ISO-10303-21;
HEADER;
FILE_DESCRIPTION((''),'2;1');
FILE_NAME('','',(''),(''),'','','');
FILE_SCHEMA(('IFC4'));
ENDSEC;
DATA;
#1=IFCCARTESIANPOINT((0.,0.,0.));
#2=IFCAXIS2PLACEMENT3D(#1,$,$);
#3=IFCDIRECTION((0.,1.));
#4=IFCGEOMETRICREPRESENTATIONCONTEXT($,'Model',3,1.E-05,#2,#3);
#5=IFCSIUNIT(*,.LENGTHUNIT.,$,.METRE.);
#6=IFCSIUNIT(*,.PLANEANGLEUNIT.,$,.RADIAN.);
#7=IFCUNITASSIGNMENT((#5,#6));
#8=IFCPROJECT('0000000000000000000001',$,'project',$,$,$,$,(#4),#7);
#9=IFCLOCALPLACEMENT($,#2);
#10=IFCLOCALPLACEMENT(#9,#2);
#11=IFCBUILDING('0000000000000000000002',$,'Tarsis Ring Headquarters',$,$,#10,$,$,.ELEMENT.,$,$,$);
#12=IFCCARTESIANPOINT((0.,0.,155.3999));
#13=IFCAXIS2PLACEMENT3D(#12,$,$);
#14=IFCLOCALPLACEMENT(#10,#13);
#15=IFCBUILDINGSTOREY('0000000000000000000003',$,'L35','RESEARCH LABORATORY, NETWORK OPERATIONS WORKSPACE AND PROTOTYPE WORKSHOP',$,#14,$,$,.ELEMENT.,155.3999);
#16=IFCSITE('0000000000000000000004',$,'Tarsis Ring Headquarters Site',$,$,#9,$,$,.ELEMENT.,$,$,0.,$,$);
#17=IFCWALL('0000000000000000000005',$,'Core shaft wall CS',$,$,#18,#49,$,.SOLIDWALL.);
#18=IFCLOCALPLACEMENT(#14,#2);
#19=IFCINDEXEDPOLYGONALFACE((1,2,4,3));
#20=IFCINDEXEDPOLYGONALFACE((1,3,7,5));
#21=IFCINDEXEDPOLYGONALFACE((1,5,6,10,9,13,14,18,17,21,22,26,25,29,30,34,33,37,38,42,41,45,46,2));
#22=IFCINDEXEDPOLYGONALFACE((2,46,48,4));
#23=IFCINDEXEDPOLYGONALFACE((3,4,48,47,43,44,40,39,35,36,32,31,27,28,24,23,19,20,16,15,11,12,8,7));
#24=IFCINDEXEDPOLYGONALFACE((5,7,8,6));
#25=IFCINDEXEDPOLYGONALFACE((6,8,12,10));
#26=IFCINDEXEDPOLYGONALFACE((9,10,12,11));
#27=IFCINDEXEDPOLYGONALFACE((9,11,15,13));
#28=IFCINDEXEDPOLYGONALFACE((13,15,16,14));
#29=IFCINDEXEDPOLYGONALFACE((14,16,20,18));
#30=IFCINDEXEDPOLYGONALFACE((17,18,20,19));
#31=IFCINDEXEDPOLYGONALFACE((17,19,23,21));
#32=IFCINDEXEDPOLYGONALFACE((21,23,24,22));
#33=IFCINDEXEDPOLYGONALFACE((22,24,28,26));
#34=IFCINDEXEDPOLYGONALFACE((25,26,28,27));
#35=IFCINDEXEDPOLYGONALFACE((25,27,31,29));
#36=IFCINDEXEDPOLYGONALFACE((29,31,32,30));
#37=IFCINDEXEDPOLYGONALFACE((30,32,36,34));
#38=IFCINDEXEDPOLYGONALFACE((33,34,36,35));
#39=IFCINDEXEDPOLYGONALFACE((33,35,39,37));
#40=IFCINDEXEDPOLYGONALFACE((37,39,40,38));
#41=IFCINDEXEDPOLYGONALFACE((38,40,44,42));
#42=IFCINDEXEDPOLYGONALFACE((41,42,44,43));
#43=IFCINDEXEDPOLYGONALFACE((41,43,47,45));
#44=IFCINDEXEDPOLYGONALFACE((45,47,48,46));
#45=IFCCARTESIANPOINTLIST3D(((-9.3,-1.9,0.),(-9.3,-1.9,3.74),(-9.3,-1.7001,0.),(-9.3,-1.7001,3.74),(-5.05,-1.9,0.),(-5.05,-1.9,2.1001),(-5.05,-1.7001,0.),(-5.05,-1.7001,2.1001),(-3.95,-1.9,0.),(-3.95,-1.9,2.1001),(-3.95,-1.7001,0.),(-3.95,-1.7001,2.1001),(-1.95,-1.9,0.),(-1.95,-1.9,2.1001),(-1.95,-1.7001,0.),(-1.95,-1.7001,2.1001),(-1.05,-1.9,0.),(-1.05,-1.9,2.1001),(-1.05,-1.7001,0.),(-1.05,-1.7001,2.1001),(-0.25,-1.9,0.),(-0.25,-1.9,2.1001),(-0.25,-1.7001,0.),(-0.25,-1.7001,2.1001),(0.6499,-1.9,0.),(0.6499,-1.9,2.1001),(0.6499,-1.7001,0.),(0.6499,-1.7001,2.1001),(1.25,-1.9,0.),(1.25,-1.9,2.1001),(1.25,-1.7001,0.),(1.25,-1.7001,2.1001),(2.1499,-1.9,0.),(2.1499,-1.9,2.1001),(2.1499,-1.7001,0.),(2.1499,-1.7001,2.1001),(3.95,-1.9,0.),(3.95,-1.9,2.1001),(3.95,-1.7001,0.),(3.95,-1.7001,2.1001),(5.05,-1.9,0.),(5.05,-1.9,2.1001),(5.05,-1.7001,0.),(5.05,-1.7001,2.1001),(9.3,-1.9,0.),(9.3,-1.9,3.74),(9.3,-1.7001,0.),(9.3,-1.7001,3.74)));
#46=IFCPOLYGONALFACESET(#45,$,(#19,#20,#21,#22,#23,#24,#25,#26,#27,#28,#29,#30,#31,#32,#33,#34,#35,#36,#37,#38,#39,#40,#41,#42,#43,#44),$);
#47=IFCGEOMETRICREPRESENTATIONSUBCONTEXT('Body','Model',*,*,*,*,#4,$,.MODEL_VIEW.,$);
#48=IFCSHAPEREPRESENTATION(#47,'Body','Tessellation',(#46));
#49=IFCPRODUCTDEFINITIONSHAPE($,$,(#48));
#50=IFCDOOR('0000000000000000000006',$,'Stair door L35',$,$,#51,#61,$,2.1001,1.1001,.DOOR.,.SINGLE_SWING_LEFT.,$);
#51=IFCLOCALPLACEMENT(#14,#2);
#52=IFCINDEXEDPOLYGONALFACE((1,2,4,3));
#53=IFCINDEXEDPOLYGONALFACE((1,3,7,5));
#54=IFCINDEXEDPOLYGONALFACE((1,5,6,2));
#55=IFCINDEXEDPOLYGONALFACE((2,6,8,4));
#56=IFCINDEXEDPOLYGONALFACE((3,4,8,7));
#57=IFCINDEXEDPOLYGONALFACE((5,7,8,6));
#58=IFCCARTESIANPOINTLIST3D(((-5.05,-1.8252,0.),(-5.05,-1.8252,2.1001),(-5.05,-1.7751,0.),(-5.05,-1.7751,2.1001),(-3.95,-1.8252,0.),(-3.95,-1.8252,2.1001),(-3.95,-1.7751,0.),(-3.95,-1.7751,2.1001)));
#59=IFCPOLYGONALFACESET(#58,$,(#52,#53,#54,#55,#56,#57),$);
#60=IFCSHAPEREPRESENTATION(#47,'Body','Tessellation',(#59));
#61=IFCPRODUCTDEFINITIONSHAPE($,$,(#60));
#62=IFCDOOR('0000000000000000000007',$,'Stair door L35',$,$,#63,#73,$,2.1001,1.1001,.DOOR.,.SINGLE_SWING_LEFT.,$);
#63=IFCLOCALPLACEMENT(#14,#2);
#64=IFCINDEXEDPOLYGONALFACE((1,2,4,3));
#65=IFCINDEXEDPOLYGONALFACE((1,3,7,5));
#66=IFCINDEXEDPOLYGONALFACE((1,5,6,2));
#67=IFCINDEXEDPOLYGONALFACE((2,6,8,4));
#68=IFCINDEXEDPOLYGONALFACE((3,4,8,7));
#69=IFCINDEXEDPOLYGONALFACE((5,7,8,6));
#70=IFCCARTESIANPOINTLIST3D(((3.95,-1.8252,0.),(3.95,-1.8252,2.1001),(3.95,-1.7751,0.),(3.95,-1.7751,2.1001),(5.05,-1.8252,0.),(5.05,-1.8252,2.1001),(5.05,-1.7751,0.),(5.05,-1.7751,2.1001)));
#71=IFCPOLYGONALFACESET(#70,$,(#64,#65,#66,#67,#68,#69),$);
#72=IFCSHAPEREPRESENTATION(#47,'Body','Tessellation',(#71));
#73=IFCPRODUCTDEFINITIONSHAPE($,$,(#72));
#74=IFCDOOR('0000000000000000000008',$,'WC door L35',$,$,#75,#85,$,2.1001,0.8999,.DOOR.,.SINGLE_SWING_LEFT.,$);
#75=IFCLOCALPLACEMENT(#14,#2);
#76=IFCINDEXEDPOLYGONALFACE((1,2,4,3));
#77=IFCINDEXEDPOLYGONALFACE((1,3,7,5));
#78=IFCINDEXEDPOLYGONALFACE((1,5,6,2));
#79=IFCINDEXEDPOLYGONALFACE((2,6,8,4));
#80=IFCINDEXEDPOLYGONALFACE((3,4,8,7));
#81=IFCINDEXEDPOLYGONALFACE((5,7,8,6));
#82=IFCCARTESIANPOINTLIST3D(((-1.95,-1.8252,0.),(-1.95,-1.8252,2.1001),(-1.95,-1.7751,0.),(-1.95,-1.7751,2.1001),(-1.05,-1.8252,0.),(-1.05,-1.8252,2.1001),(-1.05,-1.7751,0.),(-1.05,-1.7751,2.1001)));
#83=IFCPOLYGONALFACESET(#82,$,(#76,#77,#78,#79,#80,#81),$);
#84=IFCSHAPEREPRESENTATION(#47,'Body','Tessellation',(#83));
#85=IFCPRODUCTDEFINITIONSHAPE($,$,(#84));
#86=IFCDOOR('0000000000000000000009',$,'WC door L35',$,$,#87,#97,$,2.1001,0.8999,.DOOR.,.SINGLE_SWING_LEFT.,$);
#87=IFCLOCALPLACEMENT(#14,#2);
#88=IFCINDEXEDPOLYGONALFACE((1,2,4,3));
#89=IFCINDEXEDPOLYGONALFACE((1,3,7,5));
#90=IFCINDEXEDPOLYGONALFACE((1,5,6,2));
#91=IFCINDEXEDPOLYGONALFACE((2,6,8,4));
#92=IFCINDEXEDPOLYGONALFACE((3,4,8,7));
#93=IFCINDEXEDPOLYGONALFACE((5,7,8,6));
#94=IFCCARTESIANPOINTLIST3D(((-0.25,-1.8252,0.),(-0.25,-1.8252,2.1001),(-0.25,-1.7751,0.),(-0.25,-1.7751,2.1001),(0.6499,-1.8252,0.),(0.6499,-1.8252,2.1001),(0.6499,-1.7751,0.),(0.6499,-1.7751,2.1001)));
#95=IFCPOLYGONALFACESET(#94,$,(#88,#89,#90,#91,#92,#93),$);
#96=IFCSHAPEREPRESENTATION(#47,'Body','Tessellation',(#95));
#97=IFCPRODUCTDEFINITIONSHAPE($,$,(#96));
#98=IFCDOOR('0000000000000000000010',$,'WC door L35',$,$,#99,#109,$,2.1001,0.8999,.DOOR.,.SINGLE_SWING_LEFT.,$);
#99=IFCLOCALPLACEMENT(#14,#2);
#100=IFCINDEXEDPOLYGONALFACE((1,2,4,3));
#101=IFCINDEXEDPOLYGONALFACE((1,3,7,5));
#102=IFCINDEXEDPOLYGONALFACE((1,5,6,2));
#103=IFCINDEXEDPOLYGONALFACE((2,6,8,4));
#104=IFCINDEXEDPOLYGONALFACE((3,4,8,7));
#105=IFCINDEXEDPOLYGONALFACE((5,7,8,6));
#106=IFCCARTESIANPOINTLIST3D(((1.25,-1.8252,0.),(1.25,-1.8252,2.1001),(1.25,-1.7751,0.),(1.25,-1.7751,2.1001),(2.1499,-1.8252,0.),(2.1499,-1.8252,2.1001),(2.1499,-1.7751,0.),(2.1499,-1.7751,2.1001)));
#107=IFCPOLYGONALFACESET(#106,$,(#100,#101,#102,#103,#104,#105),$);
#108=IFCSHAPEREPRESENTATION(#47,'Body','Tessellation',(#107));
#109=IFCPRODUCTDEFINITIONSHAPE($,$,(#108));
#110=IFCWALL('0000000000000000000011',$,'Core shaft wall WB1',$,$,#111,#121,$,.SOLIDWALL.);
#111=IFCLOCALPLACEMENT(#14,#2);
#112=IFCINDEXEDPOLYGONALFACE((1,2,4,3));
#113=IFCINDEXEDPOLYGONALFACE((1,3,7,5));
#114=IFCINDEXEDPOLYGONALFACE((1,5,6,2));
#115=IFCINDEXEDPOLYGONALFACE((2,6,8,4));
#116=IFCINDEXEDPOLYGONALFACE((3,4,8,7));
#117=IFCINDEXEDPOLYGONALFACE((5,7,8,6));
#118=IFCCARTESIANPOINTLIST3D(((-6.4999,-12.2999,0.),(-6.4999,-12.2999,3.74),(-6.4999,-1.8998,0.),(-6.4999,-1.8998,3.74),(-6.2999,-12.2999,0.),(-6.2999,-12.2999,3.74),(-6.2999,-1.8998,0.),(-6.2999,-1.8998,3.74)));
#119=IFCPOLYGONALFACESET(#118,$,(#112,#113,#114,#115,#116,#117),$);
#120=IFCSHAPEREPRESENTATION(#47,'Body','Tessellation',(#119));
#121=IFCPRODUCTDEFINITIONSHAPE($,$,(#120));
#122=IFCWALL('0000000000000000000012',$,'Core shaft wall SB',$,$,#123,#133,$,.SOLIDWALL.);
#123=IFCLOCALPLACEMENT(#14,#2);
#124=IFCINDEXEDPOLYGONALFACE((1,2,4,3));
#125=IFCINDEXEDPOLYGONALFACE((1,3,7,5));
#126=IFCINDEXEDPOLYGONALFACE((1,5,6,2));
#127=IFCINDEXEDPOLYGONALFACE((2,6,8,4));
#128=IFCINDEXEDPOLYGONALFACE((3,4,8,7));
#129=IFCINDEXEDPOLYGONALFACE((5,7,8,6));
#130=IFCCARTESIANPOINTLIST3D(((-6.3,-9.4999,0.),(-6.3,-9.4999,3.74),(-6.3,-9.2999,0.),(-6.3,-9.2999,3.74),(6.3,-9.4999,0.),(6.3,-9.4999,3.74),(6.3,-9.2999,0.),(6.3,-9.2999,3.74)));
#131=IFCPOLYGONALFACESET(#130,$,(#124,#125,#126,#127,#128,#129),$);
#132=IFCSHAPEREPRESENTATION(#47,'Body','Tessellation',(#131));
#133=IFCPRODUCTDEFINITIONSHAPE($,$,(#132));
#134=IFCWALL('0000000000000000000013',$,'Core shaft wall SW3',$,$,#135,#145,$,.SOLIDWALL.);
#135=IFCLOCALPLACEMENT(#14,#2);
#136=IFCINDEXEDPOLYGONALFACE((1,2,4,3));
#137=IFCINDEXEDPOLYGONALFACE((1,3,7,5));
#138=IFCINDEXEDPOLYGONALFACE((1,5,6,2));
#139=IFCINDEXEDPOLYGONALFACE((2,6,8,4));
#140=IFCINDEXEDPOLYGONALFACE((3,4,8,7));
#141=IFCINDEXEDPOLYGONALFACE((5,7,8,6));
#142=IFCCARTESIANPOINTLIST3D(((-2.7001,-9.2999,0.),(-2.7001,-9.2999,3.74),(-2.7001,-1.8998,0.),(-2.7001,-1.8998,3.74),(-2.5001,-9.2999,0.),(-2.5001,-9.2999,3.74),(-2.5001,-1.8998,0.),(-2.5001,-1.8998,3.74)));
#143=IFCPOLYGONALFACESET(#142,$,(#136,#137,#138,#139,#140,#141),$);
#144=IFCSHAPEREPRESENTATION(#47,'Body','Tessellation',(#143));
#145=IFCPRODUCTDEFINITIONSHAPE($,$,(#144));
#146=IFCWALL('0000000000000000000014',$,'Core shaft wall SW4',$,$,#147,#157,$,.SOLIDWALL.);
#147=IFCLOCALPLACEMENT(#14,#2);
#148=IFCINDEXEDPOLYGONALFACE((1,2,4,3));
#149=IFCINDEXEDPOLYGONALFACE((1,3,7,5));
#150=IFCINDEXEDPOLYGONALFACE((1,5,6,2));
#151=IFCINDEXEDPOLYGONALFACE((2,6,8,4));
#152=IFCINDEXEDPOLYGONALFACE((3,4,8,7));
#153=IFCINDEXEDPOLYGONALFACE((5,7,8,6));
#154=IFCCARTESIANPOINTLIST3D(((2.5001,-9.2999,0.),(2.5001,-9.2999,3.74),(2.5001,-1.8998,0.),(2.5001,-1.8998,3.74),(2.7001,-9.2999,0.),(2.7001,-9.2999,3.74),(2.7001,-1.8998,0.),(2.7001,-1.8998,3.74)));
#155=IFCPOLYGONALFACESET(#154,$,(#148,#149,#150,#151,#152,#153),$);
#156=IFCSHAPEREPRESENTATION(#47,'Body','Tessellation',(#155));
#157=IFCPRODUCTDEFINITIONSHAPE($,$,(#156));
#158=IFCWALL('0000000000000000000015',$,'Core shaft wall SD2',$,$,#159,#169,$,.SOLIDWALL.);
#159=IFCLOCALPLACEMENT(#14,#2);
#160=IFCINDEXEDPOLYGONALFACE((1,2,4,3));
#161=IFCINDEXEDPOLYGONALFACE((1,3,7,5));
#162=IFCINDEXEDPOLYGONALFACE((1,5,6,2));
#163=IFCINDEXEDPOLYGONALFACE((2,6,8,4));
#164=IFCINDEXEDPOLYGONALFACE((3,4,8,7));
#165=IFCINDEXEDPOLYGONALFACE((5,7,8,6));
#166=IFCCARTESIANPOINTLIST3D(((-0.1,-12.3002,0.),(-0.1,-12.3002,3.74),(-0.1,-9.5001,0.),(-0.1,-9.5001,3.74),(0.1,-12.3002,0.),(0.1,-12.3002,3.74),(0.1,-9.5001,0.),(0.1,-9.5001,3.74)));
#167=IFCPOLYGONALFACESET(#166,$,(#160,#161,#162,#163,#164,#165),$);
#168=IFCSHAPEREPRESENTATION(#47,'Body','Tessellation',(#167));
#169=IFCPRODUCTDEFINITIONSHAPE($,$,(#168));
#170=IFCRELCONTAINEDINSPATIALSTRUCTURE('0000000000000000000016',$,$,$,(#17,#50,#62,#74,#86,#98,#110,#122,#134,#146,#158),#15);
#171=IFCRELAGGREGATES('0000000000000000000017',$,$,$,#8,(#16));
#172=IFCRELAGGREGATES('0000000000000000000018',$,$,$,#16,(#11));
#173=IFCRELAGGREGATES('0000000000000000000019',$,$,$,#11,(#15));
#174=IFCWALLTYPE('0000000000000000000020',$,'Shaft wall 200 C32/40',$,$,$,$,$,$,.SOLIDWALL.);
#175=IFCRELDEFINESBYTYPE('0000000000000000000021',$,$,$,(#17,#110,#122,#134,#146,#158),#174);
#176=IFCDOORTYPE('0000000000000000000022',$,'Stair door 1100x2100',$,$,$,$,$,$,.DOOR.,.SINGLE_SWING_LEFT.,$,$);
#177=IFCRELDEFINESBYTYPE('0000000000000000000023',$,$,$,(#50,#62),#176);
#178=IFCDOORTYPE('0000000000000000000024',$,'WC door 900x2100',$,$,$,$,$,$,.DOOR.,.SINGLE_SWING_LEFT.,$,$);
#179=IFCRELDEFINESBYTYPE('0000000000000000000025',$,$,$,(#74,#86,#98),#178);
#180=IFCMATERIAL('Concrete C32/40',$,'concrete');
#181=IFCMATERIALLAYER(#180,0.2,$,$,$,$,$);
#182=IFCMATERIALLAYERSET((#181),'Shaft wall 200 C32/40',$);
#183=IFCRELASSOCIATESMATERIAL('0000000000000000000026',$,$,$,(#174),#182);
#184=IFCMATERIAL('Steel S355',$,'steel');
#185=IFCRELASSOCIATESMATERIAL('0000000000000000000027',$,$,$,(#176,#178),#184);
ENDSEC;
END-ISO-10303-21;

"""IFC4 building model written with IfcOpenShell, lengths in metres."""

from ifc_helpers import new_model, si_unit, direction, frame, frame_2d, origin, place, context, subcontext, project, spatial, rectangle, extrude, material, layer, layer_set, type_object, element, fill, save


model = new_model("IFC4")

# Units and contexts
model_context = context("Model", 3, precision=1e-05, world=origin(), true_north=direction((0.0, 1.0)))
body_context = subcontext(model_context, "Body", "Model", "MODEL_VIEW")
ifc_project = project(units=[si_unit("LENGTHUNIT", "METRE"), si_unit("PLANEANGLEUNIT", "RADIAN")], contexts=[model_context])

# Site, building, storey
site_placement = place(None, origin())
site = spatial("IfcSite", under=ifc_project, at=site_placement, Name="Tarsis Ring Headquarters Site", CompositionType="ELEMENT", RefElevation=0.0)
building_placement = place(site_placement, origin())
building = spatial("IfcBuilding", under=site, at=building_placement, Name="Tarsis Ring Headquarters", CompositionType="ELEMENT")
storey_placement = place(building_placement, frame((0.0, 0.0, 155.3999)))
storey = spatial("IfcBuildingStorey", under=building, at=storey_placement, Name="L35", Description="RESEARCH LABORATORY, NETWORK OPERATIONS WORKSPACE AND PROTOTYPE WORKSHOP", CompositionType="ELEMENT", Elevation=155.3999)

# Shared definitions
ifc_material_1 = material(Name="Concrete C32/40", Category="concrete")

# Wall, openings, doors
ifc_layer_1 = layer(ifc_material_1, 0.2)
ifc_layer_set_1 = layer_set([ifc_layer_1], Name="Shaft wall 200 C32/40")
wall_type_1 = type_object("IfcWallType", Name="Shaft wall 200 C32/40", PredefinedType="SOLIDWALL", material=ifc_layer_set_1)
wall_1_placement = place(storey_placement, frame((-9.3, -1.8, 0.0), z_axis=(0.0, 0.0, 1.0), x_axis=(1.0, 0.0, 0.0)))
wall_1 = element("IfcWall", 1, at=wall_1_placement, inside=storey, type_object=wall_type_1, Name="Core shaft wall CS", PredefinedType="SOLIDWALL", context=body_context, shape_type="SweptSolid", body=[
    extrude(rectangle(XDim=18.6001, YDim=0.2, at=frame_2d((9.3, 0.0))), origin(), (0.0, 0.0, 1.0), 3.74),
])
opening_1_placement = place(wall_1_placement, frame((4.25, 0.0, 0.0)))
opening_1 = element("IfcOpeningElement", 2, at=opening_1_placement, cuts=wall_1, PredefinedType="OPENING", context=body_context, shape_type="SweptSolid", body=[
    extrude(rectangle(XDim=1.1001, YDim=2.1001, at=frame_2d((0.55, 1.05))), frame((0.0, 0.1099, 0.0), z_axis=(0.0, -1.0, 0.0), x_axis=(1.0, 0.0, 0.0)), (0.0, 0.0, 1.0), 0.22),
])
opening_2_placement = place(wall_1_placement, frame((7.3501, 0.0, 0.0)))
opening_2 = element("IfcOpeningElement", 3, at=opening_2_placement, cuts=wall_1, PredefinedType="OPENING", context=body_context, shape_type="SweptSolid", body=[
    extrude(rectangle(XDim=0.8999, YDim=2.1001, at=frame_2d((0.45, 1.05))), frame((0.0, 0.1099, 0.0), z_axis=(0.0, -1.0, 0.0), x_axis=(1.0, 0.0, 0.0)), (0.0, 0.0, 1.0), 0.22),
])
opening_3_placement = place(wall_1_placement, frame((9.05, 0.0, 0.0)))
opening_3 = element("IfcOpeningElement", 4, at=opening_3_placement, cuts=wall_1, PredefinedType="OPENING", context=body_context, shape_type="SweptSolid", body=[
    extrude(rectangle(XDim=0.8999, YDim=2.1001, at=frame_2d((0.45, 1.05))), frame((0.0, 0.1099, 0.0), z_axis=(0.0, -1.0, 0.0), x_axis=(1.0, 0.0, 0.0)), (0.0, 0.0, 1.0), 0.22),
])
opening_4_placement = place(wall_1_placement, frame((10.55, 0.0, 0.0)))
opening_4 = element("IfcOpeningElement", 5, at=opening_4_placement, cuts=wall_1, PredefinedType="OPENING", context=body_context, shape_type="SweptSolid", body=[
    extrude(rectangle(XDim=0.8999, YDim=2.1001, at=frame_2d((0.45, 1.05))), frame((0.0, 0.1099, 0.0), z_axis=(0.0, -1.0, 0.0), x_axis=(1.0, 0.0, 0.0)), (0.0, 0.0, 1.0), 0.22),
])
opening_5_placement = place(wall_1_placement, frame((13.25, 0.0, 0.0)))
opening_5 = element("IfcOpeningElement", 6, at=opening_5_placement, cuts=wall_1, PredefinedType="OPENING", context=body_context, shape_type="SweptSolid", body=[
    extrude(rectangle(XDim=1.1001, YDim=2.1001, at=frame_2d((0.55, 1.05))), frame((0.0, 0.1099, 0.0), z_axis=(0.0, -1.0, 0.0), x_axis=(1.0, 0.0, 0.0)), (0.0, 0.0, 1.0), 0.22),
])
ifc_material_2 = material(Name="Steel S355", Category="steel")
door_type_1 = type_object("IfcDoorType", Name="Stair door 1100x2100", OperationType="SINGLE_SWING_LEFT", PredefinedType="DOOR", material=ifc_material_2)
door_1_placement = place(opening_1_placement, origin())
door_1 = element("IfcDoor", 7, at=door_1_placement, inside=storey, type_object=door_type_1, Name="Stair door L35", OperationType="SINGLE_SWING_LEFT", OverallHeight=2.1001, OverallWidth=1.1001, PredefinedType="DOOR", context=body_context, shape_type="SweptSolid", body=[
    extrude(rectangle(XDim=1.1001, YDim=2.1001, at=frame_2d((0.55, 1.05))), frame((0.0, 0.0249, 0.0), z_axis=(0.0, -1.0, 0.0), x_axis=(1.0, 0.0, 0.0)), (0.0, 0.0, 1.0), 0.05),
])
fill(opening_1, door_1)
door_2_placement = place(opening_5_placement, origin())
door_2 = element("IfcDoor", 8, at=door_2_placement, inside=storey, type_object=door_type_1, Name="Stair door L35", OperationType="SINGLE_SWING_LEFT", OverallHeight=2.1001, OverallWidth=1.1001, PredefinedType="DOOR", context=body_context, shape_type="SweptSolid", body=[
    extrude(rectangle(XDim=1.1001, YDim=2.1001, at=frame_2d((0.55, 1.05))), frame((0.0, 0.0249, 0.0), z_axis=(0.0, -1.0, 0.0), x_axis=(1.0, 0.0, 0.0)), (0.0, 0.0, 1.0), 0.05),
])
fill(opening_5, door_2)
door_type_2 = type_object("IfcDoorType", Name="WC door 900x2100", OperationType="SINGLE_SWING_LEFT", PredefinedType="DOOR", material=ifc_material_2)
door_3_placement = place(opening_2_placement, origin())
door_3 = element("IfcDoor", 9, at=door_3_placement, inside=storey, type_object=door_type_2, Name="WC door L35", OperationType="SINGLE_SWING_LEFT", OverallHeight=2.1001, OverallWidth=0.8999, PredefinedType="DOOR", context=body_context, shape_type="SweptSolid", body=[
    extrude(rectangle(XDim=0.8999, YDim=2.1001, at=frame_2d((0.45, 1.05))), frame((0.0, 0.0249, 0.0), z_axis=(0.0, -1.0, 0.0), x_axis=(1.0, 0.0, 0.0)), (0.0, 0.0, 1.0), 0.05),
])
fill(opening_2, door_3)
door_4_placement = place(opening_3_placement, origin())
door_4 = element("IfcDoor", 10, at=door_4_placement, inside=storey, type_object=door_type_2, Name="WC door L35", OperationType="SINGLE_SWING_LEFT", OverallHeight=2.1001, OverallWidth=0.8999, PredefinedType="DOOR", context=body_context, shape_type="SweptSolid", body=[
    extrude(rectangle(XDim=0.8999, YDim=2.1001, at=frame_2d((0.45, 1.05))), frame((0.0, 0.0249, 0.0), z_axis=(0.0, -1.0, 0.0), x_axis=(1.0, 0.0, 0.0)), (0.0, 0.0, 1.0), 0.05),
])
fill(opening_3, door_4)
door_5_placement = place(opening_4_placement, origin())
door_5 = element("IfcDoor", 11, at=door_5_placement, inside=storey, type_object=door_type_2, Name="WC door L35", OperationType="SINGLE_SWING_LEFT", OverallHeight=2.1001, OverallWidth=0.8999, PredefinedType="DOOR", context=body_context, shape_type="SweptSolid", body=[
    extrude(rectangle(XDim=0.8999, YDim=2.1001, at=frame_2d((0.45, 1.05))), frame((0.0, 0.0249, 0.0), z_axis=(0.0, -1.0, 0.0), x_axis=(1.0, 0.0, 0.0)), (0.0, 0.0, 1.0), 0.05),
])
fill(opening_4, door_5)

# Walls
wall_2_placement = place(storey_placement, frame((-6.3999, -12.3, 0.0), z_axis=(0.0, 0.0, 1.0), x_axis=(0.0, 1.0, 0.0)))
element("IfcWall", 12, at=wall_2_placement, inside=storey, type_object=wall_type_1, Name="Core shaft wall WB1", PredefinedType="SOLIDWALL", context=body_context, shape_type="SweptSolid", body=[
    extrude(rectangle(XDim=10.4001, YDim=0.2, at=frame_2d((5.2002, 0.0))), origin(), (0.0, 0.0, 1.0), 3.74),
])
wall_3_placement = place(storey_placement, frame((-6.3, -9.3999, 0.0), z_axis=(0.0, 0.0, 1.0), x_axis=(1.0, 0.0, 0.0)))
element("IfcWall", 13, at=wall_3_placement, inside=storey, type_object=wall_type_1, Name="Core shaft wall SB", PredefinedType="SOLIDWALL", context=body_context, shape_type="SweptSolid", body=[
    extrude(rectangle(XDim=12.6001, YDim=0.2, at=frame_2d((6.3, 0.0))), origin(), (0.0, 0.0, 1.0), 3.74),
])
for number, where, z_axis, x_axis, name in (
    (14, (-2.6001, -9.3, 0.0), (0.0, 0.0, 1.0), (0.0, 1.0, 0.0), "Core shaft wall SW3"),
    (15, (2.6001, -9.3, 0.0), (0.0, 0.0, 1.0), (0.0, 1.0, 0.0), "Core shaft wall SW4"),
):
    element("IfcWall", number, at=place(storey_placement, frame(where, z_axis=z_axis, x_axis=x_axis)), inside=storey, type_object=wall_type_1, Name=name, PredefinedType="SOLIDWALL", context=body_context, shape_type="SweptSolid", body=[
        extrude(rectangle(XDim=7.4001, YDim=0.2, at=frame_2d((3.7002, 0.0))), origin(), (0.0, 0.0, 1.0), 3.74),
    ])
wall_4_placement = place(storey_placement, frame((0.0, -12.3, 0.0), z_axis=(0.0, 0.0, 1.0), x_axis=(0.0, 1.0, 0.0)))
element("IfcWall", 16, at=wall_4_placement, inside=storey, type_object=wall_type_1, Name="Core shaft wall SD2", PredefinedType="SOLIDWALL", context=body_context, shape_type="SweptSolid", body=[
    extrude(rectangle(XDim=2.8, YDim=0.2, at=frame_2d((1.3999, 0.0))), origin(), (0.0, 0.0, 1.0), 3.74),
])

save(model, "model.ifc")
